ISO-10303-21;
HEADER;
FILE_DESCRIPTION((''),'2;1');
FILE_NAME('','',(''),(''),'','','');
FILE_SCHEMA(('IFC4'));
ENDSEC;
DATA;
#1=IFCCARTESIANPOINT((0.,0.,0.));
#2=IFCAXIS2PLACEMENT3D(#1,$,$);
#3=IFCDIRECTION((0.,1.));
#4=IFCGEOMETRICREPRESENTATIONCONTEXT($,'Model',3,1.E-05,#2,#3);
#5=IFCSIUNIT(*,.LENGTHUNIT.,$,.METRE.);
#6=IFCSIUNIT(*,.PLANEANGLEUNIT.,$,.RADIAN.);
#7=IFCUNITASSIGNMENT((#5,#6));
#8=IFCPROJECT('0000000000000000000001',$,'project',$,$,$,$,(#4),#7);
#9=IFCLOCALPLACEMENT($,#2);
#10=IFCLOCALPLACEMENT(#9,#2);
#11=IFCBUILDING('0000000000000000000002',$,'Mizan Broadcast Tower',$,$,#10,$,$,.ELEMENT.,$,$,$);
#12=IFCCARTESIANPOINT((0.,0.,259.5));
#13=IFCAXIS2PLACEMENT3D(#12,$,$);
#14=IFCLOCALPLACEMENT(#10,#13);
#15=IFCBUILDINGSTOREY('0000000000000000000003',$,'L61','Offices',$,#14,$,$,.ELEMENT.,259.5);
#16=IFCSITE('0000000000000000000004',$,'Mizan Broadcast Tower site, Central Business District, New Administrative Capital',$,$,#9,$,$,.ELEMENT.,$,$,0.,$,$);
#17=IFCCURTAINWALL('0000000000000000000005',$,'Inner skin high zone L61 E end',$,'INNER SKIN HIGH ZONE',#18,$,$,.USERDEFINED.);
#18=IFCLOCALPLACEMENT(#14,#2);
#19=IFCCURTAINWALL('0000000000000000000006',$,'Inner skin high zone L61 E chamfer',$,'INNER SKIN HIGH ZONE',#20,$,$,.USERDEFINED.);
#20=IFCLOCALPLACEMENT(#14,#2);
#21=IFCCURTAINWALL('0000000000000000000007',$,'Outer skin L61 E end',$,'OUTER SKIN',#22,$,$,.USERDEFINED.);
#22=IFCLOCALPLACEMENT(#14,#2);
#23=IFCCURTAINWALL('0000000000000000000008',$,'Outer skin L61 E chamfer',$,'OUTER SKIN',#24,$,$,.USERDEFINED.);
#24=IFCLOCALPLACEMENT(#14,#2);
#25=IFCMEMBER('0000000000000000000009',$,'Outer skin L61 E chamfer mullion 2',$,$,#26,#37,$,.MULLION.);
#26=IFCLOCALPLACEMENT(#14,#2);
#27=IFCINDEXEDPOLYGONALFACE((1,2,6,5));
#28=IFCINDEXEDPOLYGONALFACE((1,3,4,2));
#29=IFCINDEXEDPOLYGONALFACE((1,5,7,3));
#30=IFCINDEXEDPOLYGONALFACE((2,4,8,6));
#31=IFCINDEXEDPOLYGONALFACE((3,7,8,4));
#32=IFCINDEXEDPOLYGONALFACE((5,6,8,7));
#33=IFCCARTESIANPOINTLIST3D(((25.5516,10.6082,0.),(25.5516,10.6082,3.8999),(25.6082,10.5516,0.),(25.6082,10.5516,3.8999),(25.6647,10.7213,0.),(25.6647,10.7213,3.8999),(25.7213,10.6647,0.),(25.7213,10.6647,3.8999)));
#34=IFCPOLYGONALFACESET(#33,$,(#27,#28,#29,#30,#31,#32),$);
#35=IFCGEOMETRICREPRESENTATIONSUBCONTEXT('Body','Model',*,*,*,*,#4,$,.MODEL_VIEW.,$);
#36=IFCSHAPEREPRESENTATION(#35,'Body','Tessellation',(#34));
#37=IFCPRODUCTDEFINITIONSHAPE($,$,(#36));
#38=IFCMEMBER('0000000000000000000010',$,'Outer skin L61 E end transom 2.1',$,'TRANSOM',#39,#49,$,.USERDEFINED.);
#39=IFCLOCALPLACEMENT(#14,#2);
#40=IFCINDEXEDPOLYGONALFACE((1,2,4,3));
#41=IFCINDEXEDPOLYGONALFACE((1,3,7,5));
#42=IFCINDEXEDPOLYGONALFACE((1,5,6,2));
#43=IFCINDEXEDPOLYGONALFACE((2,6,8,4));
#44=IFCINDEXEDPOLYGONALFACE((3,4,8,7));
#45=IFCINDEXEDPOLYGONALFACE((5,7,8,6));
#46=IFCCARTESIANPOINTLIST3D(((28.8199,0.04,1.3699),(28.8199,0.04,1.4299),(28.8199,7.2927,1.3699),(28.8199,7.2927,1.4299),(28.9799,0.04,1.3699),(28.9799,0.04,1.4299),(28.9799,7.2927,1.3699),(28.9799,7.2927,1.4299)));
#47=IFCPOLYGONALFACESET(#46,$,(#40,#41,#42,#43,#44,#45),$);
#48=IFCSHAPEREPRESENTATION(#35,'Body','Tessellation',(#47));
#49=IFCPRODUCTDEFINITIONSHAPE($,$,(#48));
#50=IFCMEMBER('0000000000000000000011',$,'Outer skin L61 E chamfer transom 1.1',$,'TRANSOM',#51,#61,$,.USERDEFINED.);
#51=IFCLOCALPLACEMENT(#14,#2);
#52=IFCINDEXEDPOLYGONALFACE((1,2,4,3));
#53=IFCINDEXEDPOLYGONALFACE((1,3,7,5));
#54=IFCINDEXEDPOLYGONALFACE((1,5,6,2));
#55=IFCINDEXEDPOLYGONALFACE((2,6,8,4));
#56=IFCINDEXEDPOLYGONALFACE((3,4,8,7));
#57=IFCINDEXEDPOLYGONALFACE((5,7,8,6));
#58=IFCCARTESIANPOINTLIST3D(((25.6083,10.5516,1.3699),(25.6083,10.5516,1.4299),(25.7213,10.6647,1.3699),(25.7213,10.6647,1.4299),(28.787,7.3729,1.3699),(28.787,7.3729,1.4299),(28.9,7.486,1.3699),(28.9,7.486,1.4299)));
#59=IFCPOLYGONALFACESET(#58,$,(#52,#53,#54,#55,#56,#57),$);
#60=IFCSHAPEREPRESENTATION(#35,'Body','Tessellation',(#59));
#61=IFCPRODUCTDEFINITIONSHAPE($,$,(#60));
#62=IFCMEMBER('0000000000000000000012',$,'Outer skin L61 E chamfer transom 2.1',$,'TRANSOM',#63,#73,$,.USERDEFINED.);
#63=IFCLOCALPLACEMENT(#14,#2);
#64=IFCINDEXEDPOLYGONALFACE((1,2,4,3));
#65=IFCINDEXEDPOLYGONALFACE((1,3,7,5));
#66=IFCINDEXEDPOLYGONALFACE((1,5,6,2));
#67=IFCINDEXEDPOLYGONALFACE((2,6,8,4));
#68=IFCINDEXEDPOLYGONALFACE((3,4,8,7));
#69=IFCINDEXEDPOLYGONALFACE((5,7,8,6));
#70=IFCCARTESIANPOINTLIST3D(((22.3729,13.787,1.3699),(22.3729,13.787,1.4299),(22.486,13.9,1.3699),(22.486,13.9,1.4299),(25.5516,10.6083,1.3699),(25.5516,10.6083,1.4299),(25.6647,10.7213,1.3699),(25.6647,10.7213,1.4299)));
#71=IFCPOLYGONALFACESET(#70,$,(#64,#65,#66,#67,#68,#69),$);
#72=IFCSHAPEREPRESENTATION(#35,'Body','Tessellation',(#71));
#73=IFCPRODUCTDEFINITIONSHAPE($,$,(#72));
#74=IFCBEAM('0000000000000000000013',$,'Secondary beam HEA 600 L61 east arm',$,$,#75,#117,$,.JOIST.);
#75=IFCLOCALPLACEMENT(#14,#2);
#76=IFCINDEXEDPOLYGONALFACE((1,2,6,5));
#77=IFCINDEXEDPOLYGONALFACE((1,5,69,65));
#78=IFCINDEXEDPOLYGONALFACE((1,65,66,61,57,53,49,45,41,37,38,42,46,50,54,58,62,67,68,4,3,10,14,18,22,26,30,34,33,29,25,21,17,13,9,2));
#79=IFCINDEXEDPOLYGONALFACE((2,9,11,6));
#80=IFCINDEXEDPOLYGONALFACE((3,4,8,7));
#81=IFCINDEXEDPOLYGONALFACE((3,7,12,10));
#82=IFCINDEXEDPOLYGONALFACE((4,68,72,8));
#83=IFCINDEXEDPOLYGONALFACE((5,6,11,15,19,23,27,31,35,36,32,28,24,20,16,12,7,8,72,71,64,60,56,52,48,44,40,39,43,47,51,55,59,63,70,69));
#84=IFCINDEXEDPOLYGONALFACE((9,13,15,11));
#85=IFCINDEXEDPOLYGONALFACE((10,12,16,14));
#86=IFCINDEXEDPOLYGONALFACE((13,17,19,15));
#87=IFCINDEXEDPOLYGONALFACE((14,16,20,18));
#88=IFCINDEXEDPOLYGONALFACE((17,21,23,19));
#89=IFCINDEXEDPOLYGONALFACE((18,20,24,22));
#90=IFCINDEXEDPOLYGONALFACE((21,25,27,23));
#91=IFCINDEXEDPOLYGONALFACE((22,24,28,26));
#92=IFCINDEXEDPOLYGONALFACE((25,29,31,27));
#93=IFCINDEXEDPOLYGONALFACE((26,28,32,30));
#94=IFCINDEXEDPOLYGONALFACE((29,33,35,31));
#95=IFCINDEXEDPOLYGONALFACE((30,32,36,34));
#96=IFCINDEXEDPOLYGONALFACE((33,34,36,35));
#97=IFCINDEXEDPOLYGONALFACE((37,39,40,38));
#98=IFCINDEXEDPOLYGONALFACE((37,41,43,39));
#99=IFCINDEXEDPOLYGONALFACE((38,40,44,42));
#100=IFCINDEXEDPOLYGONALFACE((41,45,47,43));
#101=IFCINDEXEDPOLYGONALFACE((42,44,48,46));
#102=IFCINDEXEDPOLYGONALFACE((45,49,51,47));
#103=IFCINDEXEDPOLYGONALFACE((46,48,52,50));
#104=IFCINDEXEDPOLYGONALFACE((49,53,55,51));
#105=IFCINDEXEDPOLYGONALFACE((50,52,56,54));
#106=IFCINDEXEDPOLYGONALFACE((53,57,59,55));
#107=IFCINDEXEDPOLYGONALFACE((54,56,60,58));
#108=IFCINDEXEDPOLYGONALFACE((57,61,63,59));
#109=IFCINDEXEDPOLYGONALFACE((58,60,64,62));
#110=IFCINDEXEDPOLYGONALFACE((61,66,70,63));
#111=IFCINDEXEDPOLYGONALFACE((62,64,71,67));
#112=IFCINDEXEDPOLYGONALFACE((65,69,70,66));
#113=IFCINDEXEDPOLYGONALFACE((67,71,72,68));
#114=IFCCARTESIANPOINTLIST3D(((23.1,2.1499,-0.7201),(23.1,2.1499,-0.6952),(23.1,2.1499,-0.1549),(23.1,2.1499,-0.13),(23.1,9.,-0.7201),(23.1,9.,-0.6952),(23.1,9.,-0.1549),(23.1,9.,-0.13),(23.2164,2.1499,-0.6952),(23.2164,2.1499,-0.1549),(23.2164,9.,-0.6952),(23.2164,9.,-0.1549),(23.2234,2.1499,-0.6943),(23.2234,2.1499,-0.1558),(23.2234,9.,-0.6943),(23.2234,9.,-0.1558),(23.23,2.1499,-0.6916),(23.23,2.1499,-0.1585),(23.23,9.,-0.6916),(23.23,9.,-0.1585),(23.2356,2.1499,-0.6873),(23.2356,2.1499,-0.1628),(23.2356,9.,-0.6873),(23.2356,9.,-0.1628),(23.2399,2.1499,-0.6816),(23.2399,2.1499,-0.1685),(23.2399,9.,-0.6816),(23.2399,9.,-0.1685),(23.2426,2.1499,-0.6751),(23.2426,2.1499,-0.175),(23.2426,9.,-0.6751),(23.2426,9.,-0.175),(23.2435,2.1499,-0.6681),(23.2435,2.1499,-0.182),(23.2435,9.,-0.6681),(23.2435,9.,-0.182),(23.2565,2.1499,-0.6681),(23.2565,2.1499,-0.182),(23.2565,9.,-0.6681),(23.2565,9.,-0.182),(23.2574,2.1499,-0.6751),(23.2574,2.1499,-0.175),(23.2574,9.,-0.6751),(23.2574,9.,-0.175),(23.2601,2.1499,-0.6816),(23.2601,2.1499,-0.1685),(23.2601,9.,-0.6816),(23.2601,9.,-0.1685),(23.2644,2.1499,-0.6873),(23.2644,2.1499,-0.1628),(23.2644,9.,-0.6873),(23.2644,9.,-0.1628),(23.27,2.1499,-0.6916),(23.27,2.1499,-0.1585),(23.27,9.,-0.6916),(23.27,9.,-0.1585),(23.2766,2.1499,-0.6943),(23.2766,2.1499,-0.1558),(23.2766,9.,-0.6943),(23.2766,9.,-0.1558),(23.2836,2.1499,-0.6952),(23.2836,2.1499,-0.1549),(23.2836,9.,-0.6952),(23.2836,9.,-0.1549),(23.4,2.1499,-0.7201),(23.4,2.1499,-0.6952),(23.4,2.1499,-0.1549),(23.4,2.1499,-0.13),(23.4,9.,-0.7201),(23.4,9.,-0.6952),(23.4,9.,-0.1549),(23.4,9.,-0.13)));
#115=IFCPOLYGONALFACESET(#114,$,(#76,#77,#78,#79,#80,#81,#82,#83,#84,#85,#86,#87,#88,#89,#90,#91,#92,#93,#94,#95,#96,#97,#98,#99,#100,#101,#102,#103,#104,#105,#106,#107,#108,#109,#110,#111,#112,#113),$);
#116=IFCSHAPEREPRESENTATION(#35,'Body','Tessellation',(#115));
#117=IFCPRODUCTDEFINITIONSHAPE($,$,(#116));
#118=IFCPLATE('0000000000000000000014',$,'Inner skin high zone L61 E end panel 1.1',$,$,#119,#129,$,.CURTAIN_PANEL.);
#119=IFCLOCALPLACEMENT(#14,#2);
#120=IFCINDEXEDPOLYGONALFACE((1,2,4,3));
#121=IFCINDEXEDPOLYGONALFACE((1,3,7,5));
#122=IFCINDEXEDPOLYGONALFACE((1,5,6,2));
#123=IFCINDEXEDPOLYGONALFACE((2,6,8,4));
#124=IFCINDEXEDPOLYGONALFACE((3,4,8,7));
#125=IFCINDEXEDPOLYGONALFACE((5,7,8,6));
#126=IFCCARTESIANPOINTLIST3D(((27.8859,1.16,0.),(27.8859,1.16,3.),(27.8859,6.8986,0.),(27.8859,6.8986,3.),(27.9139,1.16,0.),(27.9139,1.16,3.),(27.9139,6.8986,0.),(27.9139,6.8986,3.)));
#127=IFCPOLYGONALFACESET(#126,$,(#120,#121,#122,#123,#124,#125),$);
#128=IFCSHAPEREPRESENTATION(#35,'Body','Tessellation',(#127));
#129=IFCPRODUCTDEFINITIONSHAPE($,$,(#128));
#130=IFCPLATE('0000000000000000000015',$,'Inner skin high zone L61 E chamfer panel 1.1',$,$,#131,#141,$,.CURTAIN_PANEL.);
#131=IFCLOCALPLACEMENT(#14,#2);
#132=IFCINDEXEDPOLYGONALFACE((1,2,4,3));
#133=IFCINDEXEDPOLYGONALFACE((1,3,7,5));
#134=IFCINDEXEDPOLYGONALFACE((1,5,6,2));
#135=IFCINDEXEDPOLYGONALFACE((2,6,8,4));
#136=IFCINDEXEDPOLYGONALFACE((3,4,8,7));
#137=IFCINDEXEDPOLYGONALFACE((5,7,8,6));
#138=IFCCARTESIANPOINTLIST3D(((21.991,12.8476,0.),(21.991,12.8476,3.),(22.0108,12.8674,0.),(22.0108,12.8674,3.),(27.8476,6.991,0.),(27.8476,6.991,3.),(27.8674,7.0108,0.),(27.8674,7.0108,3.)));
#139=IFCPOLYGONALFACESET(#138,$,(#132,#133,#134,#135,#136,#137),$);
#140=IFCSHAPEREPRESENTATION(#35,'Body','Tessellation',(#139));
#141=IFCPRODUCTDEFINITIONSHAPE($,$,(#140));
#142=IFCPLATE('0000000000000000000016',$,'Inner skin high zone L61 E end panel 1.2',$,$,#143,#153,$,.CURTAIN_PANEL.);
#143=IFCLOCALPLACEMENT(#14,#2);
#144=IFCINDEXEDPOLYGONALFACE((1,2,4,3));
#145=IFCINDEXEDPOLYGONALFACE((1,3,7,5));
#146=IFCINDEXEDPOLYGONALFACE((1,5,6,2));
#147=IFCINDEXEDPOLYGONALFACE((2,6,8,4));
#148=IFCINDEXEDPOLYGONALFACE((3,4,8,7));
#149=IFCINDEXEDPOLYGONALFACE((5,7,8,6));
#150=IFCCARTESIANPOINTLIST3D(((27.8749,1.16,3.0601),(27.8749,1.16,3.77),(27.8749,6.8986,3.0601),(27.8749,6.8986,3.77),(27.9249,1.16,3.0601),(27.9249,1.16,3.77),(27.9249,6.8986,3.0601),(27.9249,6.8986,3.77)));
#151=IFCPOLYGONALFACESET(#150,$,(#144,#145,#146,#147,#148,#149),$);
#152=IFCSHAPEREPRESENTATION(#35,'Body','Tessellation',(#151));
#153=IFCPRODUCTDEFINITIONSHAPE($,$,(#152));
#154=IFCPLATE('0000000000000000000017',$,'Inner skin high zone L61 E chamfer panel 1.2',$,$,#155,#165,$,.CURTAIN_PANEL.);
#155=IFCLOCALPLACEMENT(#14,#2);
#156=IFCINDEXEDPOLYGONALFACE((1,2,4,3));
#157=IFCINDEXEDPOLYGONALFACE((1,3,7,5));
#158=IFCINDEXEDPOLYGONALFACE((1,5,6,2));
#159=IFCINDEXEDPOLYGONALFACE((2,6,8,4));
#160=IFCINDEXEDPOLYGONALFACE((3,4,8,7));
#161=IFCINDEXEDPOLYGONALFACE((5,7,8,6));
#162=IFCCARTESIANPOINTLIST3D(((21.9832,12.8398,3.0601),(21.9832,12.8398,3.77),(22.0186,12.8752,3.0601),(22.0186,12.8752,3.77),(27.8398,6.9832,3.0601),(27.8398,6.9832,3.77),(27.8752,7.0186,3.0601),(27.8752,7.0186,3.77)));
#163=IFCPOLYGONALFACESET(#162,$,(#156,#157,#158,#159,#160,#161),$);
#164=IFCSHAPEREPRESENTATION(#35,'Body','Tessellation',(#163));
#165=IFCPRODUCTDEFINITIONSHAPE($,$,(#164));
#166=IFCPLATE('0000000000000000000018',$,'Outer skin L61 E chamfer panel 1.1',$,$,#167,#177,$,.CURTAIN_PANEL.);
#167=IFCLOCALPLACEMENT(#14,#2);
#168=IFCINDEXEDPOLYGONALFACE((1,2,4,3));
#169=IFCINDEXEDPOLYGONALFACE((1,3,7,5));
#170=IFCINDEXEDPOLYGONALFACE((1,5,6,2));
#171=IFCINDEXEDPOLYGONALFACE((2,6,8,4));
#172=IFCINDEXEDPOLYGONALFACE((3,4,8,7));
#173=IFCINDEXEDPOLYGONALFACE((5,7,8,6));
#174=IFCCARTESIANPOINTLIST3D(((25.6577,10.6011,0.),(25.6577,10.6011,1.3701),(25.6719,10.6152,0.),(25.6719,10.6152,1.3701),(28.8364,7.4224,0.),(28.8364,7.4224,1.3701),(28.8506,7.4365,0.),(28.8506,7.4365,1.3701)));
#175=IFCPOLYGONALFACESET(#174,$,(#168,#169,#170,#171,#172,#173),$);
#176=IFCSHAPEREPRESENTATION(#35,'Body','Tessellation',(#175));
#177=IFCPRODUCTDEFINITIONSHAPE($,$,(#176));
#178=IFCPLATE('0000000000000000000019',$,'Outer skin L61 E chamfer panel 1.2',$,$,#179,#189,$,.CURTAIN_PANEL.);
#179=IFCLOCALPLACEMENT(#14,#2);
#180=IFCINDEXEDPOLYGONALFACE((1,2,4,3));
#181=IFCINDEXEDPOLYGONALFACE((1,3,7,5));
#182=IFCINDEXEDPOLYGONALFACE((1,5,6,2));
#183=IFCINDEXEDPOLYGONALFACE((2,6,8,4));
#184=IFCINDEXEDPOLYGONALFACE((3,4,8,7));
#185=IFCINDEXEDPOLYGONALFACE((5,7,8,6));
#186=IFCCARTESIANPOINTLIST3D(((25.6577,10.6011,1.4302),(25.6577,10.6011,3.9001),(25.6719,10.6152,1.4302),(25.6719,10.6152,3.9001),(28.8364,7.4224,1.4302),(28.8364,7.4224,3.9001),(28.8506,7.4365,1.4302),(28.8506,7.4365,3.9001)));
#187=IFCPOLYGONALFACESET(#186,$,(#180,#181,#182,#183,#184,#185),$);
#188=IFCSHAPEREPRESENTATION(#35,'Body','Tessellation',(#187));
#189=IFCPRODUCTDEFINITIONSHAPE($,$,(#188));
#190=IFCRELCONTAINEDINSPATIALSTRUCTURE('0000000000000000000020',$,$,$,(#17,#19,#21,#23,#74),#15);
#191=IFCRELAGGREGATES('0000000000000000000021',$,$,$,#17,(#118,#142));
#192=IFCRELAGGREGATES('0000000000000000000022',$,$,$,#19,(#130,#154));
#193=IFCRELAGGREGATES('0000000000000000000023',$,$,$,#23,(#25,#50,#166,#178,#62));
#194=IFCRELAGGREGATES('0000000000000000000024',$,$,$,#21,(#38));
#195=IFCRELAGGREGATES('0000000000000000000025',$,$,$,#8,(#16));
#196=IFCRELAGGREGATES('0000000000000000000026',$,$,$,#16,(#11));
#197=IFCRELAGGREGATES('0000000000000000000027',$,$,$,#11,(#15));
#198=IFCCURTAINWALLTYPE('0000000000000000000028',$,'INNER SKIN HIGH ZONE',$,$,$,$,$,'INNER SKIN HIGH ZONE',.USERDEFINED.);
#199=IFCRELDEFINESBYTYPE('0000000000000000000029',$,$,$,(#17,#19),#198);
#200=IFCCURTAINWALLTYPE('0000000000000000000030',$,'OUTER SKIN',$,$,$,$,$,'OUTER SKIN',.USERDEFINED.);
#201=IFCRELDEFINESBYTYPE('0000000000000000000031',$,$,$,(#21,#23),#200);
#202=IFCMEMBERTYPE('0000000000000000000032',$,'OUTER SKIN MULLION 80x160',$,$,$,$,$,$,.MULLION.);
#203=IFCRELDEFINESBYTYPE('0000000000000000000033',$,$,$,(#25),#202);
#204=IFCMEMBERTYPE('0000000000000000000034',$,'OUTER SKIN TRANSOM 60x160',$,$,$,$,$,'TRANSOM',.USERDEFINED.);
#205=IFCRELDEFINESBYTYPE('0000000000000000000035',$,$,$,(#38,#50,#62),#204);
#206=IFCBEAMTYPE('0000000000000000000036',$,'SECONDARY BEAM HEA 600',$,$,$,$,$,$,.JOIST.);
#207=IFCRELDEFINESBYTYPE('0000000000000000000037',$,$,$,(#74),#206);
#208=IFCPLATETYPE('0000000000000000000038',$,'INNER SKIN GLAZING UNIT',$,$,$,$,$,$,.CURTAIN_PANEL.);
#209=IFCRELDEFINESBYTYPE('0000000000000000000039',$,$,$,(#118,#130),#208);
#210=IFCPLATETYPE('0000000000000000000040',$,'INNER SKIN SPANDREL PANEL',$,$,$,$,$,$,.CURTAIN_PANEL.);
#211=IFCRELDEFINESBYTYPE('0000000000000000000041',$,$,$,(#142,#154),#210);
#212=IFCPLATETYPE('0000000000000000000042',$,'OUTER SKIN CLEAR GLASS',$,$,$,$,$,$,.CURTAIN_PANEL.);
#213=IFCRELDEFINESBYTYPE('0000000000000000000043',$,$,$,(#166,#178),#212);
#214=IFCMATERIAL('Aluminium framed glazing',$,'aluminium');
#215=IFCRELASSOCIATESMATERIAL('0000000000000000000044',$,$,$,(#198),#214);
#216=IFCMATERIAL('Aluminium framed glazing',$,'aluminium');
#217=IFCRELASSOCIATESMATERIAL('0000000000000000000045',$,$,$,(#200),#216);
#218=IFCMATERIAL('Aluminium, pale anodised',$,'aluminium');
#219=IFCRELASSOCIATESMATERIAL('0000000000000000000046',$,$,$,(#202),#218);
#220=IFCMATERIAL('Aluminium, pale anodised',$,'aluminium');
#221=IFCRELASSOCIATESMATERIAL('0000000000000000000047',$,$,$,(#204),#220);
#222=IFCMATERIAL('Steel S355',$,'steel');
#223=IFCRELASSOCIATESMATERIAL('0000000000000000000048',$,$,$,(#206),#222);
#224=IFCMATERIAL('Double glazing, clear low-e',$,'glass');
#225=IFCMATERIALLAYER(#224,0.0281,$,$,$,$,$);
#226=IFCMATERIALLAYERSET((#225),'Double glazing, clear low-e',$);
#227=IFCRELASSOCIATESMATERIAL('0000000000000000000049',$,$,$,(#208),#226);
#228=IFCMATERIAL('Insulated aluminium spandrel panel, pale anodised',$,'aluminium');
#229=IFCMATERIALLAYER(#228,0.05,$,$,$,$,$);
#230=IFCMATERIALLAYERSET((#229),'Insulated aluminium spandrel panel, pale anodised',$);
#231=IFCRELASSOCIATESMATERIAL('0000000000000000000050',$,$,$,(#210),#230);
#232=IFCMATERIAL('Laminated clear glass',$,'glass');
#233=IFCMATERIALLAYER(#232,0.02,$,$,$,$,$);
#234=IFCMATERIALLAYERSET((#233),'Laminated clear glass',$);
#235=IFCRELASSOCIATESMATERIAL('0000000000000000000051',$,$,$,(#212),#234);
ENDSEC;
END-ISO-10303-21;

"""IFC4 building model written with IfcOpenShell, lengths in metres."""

from ifc_helpers import new_model, si_unit, direction, frame, origin, origin_2d, place, context, subcontext, project, spatial, rectangle, i_section, extrude, material, layer, layer_set, material_profile, profile_set, type_object, element, aggregate, save


model = new_model("IFC4")

# Units and contexts
model_context = context("Model", 3, precision=1e-05, world=origin(), true_north=direction((0.0, 1.0)))
body_context = subcontext(model_context, "Body", "Model", "MODEL_VIEW")
ifc_project = project(units=[si_unit("LENGTHUNIT", "METRE"), si_unit("PLANEANGLEUNIT", "RADIAN")], contexts=[model_context])

# Site, building, storey
site_placement = place(None, origin())
site = spatial("IfcSite", under=ifc_project, at=site_placement, Name="Mizan Broadcast Tower site, Central Business District, New Administrative Capital", CompositionType="ELEMENT", RefElevation=0.0)
building_placement = place(site_placement, origin())
building = spatial("IfcBuilding", under=site, at=building_placement, Name="Mizan Broadcast Tower", CompositionType="ELEMENT")
storey_placement = place(building_placement, frame((0.0, 0.0, 259.5)))
storey = spatial("IfcBuildingStorey", under=building, at=storey_placement, Name="L61", Description="Offices", CompositionType="ELEMENT", Elevation=259.5)

# Curtain wall
ifc_material_1 = material(Name="Aluminium framed glazing", Category="aluminium")
curtain_wall_type_1 = type_object("IfcCurtainWallType", Name="INNER SKIN HIGH ZONE", ElementType="INNER SKIN HIGH ZONE", PredefinedType="USERDEFINED", material=ifc_material_1)
curtain_wall_1_placement = place(storey_placement, origin())
curtain_wall_1 = element("IfcCurtainWall", 1, at=curtain_wall_1_placement, inside=storey, type_object=curtain_wall_type_1, Name="Inner skin high zone L61 E end", ObjectType="INNER SKIN HIGH ZONE", PredefinedType="USERDEFINED")

# Curtain wall
curtain_wall_2_placement = place(storey_placement, origin())
curtain_wall_2 = element("IfcCurtainWall", 2, at=curtain_wall_2_placement, inside=storey, type_object=curtain_wall_type_1, Name="Inner skin high zone L61 E chamfer", ObjectType="INNER SKIN HIGH ZONE", PredefinedType="USERDEFINED")

# Curtain wall
ifc_material_2 = material(Name="Aluminium framed glazing", Category="aluminium")
curtain_wall_type_2 = type_object("IfcCurtainWallType", Name="OUTER SKIN", ElementType="OUTER SKIN", PredefinedType="USERDEFINED", material=ifc_material_2)
curtain_wall_3_placement = place(storey_placement, origin())
curtain_wall_3 = element("IfcCurtainWall", 3, at=curtain_wall_3_placement, inside=storey, type_object=curtain_wall_type_2, Name="Outer skin L61 E end", ObjectType="OUTER SKIN", PredefinedType="USERDEFINED")
ifc_material_3 = material(Name="Aluminium, pale anodised", Category="aluminium")
ifc_material_profile_1 = material_profile(ifc_material_3, rectangle(XDim=0.1599, YDim=0.0801, at=origin_2d()), Name="MULLION 160x80")
ifc_profile_set_1 = profile_set([ifc_material_profile_1], Name="Aluminium, pale anodised")
member_type_1 = type_object("IfcMemberType", Name="OUTER SKIN MULLION 80x160", PredefinedType="MULLION", material=ifc_profile_set_1)

# Curtain wall, member
curtain_wall_4_placement = place(storey_placement, origin())
curtain_wall_4 = element("IfcCurtainWall", 4, at=curtain_wall_4_placement, inside=storey, type_object=curtain_wall_type_2, Name="Outer skin L61 E chamfer", ObjectType="OUTER SKIN", PredefinedType="USERDEFINED")
member_1_placement = place(storey_placement, frame((25.6365, 10.6365, 0.0), z_axis=(0.0, 0.0, 1.0), x_axis=(-0.707107, -0.707107, 0.0)))
member_1 = element("IfcMember", 5, at=member_1_placement, type_object=member_type_1, Name="Outer skin L61 E chamfer mullion 2", PredefinedType="MULLION", context=body_context, shape_type="SweptSolid", body=[
    extrude(rectangle(XDim=0.1599, YDim=0.0801, at=origin_2d()), origin(), (0.0, 0.0, 1.0), 3.8999),
])

# Members
ifc_material_4 = material(Name="Aluminium, pale anodised", Category="aluminium")
ifc_material_profile_2 = material_profile(ifc_material_4, rectangle(XDim=0.1599, YDim=0.0601, at=origin_2d()), Name="TRANSOM 160x60")
ifc_profile_set_2 = profile_set([ifc_material_profile_2], Name="Aluminium, pale anodised")
member_type_2 = type_object("IfcMemberType", Name="OUTER SKIN TRANSOM 60x160", ElementType="TRANSOM", PredefinedType="USERDEFINED", material=ifc_profile_set_2)
member_2_placement = place(storey_placement, frame((28.8999, 0.04, 1.3999), z_axis=(0.0, 1.0, 0.0), x_axis=(-1.0, 0.0, 0.0)))
member_2 = element("IfcMember", 6, at=member_2_placement, type_object=member_type_2, Name="Outer skin L61 E end transom 2.1", ObjectType="TRANSOM", PredefinedType="USERDEFINED", context=body_context, shape_type="SweptSolid", body=[
    extrude(rectangle(XDim=0.1599, YDim=0.0601, at=origin_2d()), origin(), (0.0, 0.0, 1.0), 7.2527),
])
member_3_placement = place(storey_placement, frame((28.8435, 7.4294, 1.3999), z_axis=(-0.707107, 0.707107, 0.0), x_axis=(-0.707107, -0.707107, 0.0)))
member_3 = element("IfcMember", 7, at=member_3_placement, type_object=member_type_2, Name="Outer skin L61 E chamfer transom 1.1", ObjectType="TRANSOM", PredefinedType="USERDEFINED", context=body_context, shape_type="SweptSolid", body=[
    extrude(rectangle(XDim=0.1599, YDim=0.0601, at=origin_2d()), origin(), (0.0, 0.0, 1.0), 4.4954),
])
member_4_placement = place(storey_placement, frame((25.6082, 10.6648, 1.3999), z_axis=(-0.707107, 0.707107, 0.0), x_axis=(-0.707107, -0.707107, 0.0)))
member_4 = element("IfcMember", 8, at=member_4_placement, type_object=member_type_2, Name="Outer skin L61 E chamfer transom 2.1", ObjectType="TRANSOM", PredefinedType="USERDEFINED", context=body_context, shape_type="SweptSolid", body=[
    extrude(rectangle(XDim=0.1599, YDim=0.0601, at=origin_2d()), origin(), (0.0, 0.0, 1.0), 4.4954),
])

# Beam
ifc_material_5 = material(Name="Steel S355", Category="steel")
ifc_material_profile_3 = material_profile(ifc_material_5, i_section(OverallWidth=0.3, OverallDepth=0.5901, WebThickness=0.0129, FlangeThickness=0.0249, FilletRadius=0.0271, at=origin_2d()), Name="HEA 600")
ifc_profile_set_3 = profile_set([ifc_material_profile_3], Name="Steel S355")
beam_type_1 = type_object("IfcBeamType", Name="SECONDARY BEAM HEA 600", PredefinedType="JOIST", material=ifc_profile_set_3)
beam_1_placement = place(storey_placement, frame((23.25, 9.0, -0.425), z_axis=(0.0, -1.0, 0.0), x_axis=(1.0, 0.0, 0.0)))
element("IfcBeam", 9, at=beam_1_placement, inside=storey, type_object=beam_type_1, Name="Secondary beam HEA 600 L61 east arm", PredefinedType="JOIST", context=body_context, shape_type="SweptSolid", body=[
    extrude(i_section(OverallWidth=0.3, OverallDepth=0.5901, WebThickness=0.0129, FlangeThickness=0.0249, FilletRadius=0.0271, at=origin_2d()), origin(), (0.0, 0.0, 1.0), 6.8501),
])

# Plates
ifc_material_6 = material(Name="Double glazing, clear low-e", Category="glass")
ifc_layer_1 = layer(ifc_material_6, 0.0281)
ifc_layer_set_1 = layer_set([ifc_layer_1], Name="Double glazing, clear low-e")
plate_type_1 = type_object("IfcPlateType", Name="INNER SKIN GLAZING UNIT", PredefinedType="CURTAIN_PANEL", material=ifc_layer_set_1)
plate_1_placement = place(storey_placement, frame((27.8999, 4.0293, 0.0), z_axis=(0.0, 0.0, 1.0), x_axis=(0.0, 1.0, 0.0)))
plate_1 = element("IfcPlate", 10, at=plate_1_placement, type_object=plate_type_1, Name="Inner skin high zone L61 E end panel 1.1", PredefinedType="CURTAIN_PANEL", context=body_context, shape_type="SweptSolid", body=[
    extrude(rectangle(XDim=5.7385, YDim=0.0281, at=origin_2d()), origin(), (0.0, 0.0, 1.0), 3.0),
])
plate_2_placement = place(storey_placement, frame((24.9292, 9.9292, 0.0), z_axis=(0.0, 0.0, 1.0), x_axis=(-0.707107, 0.707107, 0.0)))
plate_2 = element("IfcPlate", 11, at=plate_2_placement, type_object=plate_type_1, Name="Inner skin high zone L61 E chamfer panel 1.1", PredefinedType="CURTAIN_PANEL", context=body_context, shape_type="SweptSolid", body=[
    extrude(rectangle(XDim=8.2825, YDim=0.0281, at=origin_2d()), origin(), (0.0, 0.0, 1.0), 3.0),
])
ifc_material_7 = material(Name="Insulated aluminium spandrel panel, pale anodised", Category="aluminium")
ifc_layer_2 = layer(ifc_material_7, 0.05)
ifc_layer_set_2 = layer_set([ifc_layer_2], Name="Insulated aluminium spandrel panel, pale anodised")
plate_type_2 = type_object("IfcPlateType", Name="INNER SKIN SPANDREL PANEL", PredefinedType="CURTAIN_PANEL", material=ifc_layer_set_2)
plate_3_placement = place(storey_placement, frame((27.8999, 4.0293, 3.0601), z_axis=(0.0, 0.0, 1.0), x_axis=(0.0, 1.0, 0.0)))
plate_3 = element("IfcPlate", 12, at=plate_3_placement, type_object=plate_type_2, Name="Inner skin high zone L61 E end panel 1.2", PredefinedType="CURTAIN_PANEL", context=body_context, shape_type="SweptSolid", body=[
    extrude(rectangle(XDim=5.7385, YDim=0.05, at=origin_2d()), origin(), (0.0, 0.0, 1.0), 0.71),
])
aggregate(curtain_wall_1, [plate_1, plate_3])
plate_4_placement = place(storey_placement, frame((24.9292, 9.9292, 3.0601), z_axis=(0.0, 0.0, 1.0), x_axis=(-0.707107, 0.707107, 0.0)))
plate_4 = element("IfcPlate", 13, at=plate_4_placement, type_object=plate_type_2, Name="Inner skin high zone L61 E chamfer panel 1.2", PredefinedType="CURTAIN_PANEL", context=body_context, shape_type="SweptSolid", body=[
    extrude(rectangle(XDim=8.2825, YDim=0.05, at=origin_2d()), origin(), (0.0, 0.0, 1.0), 0.71),
])
aggregate(curtain_wall_2, [plate_2, plate_4])
ifc_material_8 = material(Name="Laminated clear glass", Category="glass")
ifc_layer_3 = layer(ifc_material_8, 0.02)
ifc_layer_set_3 = layer_set([ifc_layer_3], Name="Laminated clear glass")
plate_type_3 = type_object("IfcPlateType", Name="OUTER SKIN CLEAR GLASS", PredefinedType="CURTAIN_PANEL", material=ifc_layer_set_3)
plate_5_placement = place(storey_placement, frame((27.2542, 9.0188, 0.0), z_axis=(0.0, 0.0, 1.0), x_axis=(-0.707107, 0.707107, 0.0)))
plate_5 = element("IfcPlate", 14, at=plate_5_placement, type_object=plate_type_3, Name="Outer skin L61 E chamfer panel 1.1", PredefinedType="CURTAIN_PANEL", context=body_context, shape_type="SweptSolid", body=[
    extrude(rectangle(XDim=4.4954, YDim=0.02, at=origin_2d()), origin(), (0.0, 0.0, 1.0), 1.3701),
])
plate_6_placement = place(storey_placement, frame((27.2542, 9.0188, 1.4302), z_axis=(0.0, 0.0, 1.0), x_axis=(-0.707107, 0.707107, 0.0)))
plate_6 = element("IfcPlate", 15, at=plate_6_placement, type_object=plate_type_3, Name="Outer skin L61 E chamfer panel 1.2", PredefinedType="CURTAIN_PANEL", context=body_context, shape_type="SweptSolid", body=[
    extrude(rectangle(XDim=4.4954, YDim=0.02, at=origin_2d()), origin(), (0.0, 0.0, 1.0), 2.47),
])
aggregate(curtain_wall_4, [member_1, member_3, plate_5, plate_6, member_4])
aggregate(curtain_wall_3, [member_2])

save(model, "model.ifc")
